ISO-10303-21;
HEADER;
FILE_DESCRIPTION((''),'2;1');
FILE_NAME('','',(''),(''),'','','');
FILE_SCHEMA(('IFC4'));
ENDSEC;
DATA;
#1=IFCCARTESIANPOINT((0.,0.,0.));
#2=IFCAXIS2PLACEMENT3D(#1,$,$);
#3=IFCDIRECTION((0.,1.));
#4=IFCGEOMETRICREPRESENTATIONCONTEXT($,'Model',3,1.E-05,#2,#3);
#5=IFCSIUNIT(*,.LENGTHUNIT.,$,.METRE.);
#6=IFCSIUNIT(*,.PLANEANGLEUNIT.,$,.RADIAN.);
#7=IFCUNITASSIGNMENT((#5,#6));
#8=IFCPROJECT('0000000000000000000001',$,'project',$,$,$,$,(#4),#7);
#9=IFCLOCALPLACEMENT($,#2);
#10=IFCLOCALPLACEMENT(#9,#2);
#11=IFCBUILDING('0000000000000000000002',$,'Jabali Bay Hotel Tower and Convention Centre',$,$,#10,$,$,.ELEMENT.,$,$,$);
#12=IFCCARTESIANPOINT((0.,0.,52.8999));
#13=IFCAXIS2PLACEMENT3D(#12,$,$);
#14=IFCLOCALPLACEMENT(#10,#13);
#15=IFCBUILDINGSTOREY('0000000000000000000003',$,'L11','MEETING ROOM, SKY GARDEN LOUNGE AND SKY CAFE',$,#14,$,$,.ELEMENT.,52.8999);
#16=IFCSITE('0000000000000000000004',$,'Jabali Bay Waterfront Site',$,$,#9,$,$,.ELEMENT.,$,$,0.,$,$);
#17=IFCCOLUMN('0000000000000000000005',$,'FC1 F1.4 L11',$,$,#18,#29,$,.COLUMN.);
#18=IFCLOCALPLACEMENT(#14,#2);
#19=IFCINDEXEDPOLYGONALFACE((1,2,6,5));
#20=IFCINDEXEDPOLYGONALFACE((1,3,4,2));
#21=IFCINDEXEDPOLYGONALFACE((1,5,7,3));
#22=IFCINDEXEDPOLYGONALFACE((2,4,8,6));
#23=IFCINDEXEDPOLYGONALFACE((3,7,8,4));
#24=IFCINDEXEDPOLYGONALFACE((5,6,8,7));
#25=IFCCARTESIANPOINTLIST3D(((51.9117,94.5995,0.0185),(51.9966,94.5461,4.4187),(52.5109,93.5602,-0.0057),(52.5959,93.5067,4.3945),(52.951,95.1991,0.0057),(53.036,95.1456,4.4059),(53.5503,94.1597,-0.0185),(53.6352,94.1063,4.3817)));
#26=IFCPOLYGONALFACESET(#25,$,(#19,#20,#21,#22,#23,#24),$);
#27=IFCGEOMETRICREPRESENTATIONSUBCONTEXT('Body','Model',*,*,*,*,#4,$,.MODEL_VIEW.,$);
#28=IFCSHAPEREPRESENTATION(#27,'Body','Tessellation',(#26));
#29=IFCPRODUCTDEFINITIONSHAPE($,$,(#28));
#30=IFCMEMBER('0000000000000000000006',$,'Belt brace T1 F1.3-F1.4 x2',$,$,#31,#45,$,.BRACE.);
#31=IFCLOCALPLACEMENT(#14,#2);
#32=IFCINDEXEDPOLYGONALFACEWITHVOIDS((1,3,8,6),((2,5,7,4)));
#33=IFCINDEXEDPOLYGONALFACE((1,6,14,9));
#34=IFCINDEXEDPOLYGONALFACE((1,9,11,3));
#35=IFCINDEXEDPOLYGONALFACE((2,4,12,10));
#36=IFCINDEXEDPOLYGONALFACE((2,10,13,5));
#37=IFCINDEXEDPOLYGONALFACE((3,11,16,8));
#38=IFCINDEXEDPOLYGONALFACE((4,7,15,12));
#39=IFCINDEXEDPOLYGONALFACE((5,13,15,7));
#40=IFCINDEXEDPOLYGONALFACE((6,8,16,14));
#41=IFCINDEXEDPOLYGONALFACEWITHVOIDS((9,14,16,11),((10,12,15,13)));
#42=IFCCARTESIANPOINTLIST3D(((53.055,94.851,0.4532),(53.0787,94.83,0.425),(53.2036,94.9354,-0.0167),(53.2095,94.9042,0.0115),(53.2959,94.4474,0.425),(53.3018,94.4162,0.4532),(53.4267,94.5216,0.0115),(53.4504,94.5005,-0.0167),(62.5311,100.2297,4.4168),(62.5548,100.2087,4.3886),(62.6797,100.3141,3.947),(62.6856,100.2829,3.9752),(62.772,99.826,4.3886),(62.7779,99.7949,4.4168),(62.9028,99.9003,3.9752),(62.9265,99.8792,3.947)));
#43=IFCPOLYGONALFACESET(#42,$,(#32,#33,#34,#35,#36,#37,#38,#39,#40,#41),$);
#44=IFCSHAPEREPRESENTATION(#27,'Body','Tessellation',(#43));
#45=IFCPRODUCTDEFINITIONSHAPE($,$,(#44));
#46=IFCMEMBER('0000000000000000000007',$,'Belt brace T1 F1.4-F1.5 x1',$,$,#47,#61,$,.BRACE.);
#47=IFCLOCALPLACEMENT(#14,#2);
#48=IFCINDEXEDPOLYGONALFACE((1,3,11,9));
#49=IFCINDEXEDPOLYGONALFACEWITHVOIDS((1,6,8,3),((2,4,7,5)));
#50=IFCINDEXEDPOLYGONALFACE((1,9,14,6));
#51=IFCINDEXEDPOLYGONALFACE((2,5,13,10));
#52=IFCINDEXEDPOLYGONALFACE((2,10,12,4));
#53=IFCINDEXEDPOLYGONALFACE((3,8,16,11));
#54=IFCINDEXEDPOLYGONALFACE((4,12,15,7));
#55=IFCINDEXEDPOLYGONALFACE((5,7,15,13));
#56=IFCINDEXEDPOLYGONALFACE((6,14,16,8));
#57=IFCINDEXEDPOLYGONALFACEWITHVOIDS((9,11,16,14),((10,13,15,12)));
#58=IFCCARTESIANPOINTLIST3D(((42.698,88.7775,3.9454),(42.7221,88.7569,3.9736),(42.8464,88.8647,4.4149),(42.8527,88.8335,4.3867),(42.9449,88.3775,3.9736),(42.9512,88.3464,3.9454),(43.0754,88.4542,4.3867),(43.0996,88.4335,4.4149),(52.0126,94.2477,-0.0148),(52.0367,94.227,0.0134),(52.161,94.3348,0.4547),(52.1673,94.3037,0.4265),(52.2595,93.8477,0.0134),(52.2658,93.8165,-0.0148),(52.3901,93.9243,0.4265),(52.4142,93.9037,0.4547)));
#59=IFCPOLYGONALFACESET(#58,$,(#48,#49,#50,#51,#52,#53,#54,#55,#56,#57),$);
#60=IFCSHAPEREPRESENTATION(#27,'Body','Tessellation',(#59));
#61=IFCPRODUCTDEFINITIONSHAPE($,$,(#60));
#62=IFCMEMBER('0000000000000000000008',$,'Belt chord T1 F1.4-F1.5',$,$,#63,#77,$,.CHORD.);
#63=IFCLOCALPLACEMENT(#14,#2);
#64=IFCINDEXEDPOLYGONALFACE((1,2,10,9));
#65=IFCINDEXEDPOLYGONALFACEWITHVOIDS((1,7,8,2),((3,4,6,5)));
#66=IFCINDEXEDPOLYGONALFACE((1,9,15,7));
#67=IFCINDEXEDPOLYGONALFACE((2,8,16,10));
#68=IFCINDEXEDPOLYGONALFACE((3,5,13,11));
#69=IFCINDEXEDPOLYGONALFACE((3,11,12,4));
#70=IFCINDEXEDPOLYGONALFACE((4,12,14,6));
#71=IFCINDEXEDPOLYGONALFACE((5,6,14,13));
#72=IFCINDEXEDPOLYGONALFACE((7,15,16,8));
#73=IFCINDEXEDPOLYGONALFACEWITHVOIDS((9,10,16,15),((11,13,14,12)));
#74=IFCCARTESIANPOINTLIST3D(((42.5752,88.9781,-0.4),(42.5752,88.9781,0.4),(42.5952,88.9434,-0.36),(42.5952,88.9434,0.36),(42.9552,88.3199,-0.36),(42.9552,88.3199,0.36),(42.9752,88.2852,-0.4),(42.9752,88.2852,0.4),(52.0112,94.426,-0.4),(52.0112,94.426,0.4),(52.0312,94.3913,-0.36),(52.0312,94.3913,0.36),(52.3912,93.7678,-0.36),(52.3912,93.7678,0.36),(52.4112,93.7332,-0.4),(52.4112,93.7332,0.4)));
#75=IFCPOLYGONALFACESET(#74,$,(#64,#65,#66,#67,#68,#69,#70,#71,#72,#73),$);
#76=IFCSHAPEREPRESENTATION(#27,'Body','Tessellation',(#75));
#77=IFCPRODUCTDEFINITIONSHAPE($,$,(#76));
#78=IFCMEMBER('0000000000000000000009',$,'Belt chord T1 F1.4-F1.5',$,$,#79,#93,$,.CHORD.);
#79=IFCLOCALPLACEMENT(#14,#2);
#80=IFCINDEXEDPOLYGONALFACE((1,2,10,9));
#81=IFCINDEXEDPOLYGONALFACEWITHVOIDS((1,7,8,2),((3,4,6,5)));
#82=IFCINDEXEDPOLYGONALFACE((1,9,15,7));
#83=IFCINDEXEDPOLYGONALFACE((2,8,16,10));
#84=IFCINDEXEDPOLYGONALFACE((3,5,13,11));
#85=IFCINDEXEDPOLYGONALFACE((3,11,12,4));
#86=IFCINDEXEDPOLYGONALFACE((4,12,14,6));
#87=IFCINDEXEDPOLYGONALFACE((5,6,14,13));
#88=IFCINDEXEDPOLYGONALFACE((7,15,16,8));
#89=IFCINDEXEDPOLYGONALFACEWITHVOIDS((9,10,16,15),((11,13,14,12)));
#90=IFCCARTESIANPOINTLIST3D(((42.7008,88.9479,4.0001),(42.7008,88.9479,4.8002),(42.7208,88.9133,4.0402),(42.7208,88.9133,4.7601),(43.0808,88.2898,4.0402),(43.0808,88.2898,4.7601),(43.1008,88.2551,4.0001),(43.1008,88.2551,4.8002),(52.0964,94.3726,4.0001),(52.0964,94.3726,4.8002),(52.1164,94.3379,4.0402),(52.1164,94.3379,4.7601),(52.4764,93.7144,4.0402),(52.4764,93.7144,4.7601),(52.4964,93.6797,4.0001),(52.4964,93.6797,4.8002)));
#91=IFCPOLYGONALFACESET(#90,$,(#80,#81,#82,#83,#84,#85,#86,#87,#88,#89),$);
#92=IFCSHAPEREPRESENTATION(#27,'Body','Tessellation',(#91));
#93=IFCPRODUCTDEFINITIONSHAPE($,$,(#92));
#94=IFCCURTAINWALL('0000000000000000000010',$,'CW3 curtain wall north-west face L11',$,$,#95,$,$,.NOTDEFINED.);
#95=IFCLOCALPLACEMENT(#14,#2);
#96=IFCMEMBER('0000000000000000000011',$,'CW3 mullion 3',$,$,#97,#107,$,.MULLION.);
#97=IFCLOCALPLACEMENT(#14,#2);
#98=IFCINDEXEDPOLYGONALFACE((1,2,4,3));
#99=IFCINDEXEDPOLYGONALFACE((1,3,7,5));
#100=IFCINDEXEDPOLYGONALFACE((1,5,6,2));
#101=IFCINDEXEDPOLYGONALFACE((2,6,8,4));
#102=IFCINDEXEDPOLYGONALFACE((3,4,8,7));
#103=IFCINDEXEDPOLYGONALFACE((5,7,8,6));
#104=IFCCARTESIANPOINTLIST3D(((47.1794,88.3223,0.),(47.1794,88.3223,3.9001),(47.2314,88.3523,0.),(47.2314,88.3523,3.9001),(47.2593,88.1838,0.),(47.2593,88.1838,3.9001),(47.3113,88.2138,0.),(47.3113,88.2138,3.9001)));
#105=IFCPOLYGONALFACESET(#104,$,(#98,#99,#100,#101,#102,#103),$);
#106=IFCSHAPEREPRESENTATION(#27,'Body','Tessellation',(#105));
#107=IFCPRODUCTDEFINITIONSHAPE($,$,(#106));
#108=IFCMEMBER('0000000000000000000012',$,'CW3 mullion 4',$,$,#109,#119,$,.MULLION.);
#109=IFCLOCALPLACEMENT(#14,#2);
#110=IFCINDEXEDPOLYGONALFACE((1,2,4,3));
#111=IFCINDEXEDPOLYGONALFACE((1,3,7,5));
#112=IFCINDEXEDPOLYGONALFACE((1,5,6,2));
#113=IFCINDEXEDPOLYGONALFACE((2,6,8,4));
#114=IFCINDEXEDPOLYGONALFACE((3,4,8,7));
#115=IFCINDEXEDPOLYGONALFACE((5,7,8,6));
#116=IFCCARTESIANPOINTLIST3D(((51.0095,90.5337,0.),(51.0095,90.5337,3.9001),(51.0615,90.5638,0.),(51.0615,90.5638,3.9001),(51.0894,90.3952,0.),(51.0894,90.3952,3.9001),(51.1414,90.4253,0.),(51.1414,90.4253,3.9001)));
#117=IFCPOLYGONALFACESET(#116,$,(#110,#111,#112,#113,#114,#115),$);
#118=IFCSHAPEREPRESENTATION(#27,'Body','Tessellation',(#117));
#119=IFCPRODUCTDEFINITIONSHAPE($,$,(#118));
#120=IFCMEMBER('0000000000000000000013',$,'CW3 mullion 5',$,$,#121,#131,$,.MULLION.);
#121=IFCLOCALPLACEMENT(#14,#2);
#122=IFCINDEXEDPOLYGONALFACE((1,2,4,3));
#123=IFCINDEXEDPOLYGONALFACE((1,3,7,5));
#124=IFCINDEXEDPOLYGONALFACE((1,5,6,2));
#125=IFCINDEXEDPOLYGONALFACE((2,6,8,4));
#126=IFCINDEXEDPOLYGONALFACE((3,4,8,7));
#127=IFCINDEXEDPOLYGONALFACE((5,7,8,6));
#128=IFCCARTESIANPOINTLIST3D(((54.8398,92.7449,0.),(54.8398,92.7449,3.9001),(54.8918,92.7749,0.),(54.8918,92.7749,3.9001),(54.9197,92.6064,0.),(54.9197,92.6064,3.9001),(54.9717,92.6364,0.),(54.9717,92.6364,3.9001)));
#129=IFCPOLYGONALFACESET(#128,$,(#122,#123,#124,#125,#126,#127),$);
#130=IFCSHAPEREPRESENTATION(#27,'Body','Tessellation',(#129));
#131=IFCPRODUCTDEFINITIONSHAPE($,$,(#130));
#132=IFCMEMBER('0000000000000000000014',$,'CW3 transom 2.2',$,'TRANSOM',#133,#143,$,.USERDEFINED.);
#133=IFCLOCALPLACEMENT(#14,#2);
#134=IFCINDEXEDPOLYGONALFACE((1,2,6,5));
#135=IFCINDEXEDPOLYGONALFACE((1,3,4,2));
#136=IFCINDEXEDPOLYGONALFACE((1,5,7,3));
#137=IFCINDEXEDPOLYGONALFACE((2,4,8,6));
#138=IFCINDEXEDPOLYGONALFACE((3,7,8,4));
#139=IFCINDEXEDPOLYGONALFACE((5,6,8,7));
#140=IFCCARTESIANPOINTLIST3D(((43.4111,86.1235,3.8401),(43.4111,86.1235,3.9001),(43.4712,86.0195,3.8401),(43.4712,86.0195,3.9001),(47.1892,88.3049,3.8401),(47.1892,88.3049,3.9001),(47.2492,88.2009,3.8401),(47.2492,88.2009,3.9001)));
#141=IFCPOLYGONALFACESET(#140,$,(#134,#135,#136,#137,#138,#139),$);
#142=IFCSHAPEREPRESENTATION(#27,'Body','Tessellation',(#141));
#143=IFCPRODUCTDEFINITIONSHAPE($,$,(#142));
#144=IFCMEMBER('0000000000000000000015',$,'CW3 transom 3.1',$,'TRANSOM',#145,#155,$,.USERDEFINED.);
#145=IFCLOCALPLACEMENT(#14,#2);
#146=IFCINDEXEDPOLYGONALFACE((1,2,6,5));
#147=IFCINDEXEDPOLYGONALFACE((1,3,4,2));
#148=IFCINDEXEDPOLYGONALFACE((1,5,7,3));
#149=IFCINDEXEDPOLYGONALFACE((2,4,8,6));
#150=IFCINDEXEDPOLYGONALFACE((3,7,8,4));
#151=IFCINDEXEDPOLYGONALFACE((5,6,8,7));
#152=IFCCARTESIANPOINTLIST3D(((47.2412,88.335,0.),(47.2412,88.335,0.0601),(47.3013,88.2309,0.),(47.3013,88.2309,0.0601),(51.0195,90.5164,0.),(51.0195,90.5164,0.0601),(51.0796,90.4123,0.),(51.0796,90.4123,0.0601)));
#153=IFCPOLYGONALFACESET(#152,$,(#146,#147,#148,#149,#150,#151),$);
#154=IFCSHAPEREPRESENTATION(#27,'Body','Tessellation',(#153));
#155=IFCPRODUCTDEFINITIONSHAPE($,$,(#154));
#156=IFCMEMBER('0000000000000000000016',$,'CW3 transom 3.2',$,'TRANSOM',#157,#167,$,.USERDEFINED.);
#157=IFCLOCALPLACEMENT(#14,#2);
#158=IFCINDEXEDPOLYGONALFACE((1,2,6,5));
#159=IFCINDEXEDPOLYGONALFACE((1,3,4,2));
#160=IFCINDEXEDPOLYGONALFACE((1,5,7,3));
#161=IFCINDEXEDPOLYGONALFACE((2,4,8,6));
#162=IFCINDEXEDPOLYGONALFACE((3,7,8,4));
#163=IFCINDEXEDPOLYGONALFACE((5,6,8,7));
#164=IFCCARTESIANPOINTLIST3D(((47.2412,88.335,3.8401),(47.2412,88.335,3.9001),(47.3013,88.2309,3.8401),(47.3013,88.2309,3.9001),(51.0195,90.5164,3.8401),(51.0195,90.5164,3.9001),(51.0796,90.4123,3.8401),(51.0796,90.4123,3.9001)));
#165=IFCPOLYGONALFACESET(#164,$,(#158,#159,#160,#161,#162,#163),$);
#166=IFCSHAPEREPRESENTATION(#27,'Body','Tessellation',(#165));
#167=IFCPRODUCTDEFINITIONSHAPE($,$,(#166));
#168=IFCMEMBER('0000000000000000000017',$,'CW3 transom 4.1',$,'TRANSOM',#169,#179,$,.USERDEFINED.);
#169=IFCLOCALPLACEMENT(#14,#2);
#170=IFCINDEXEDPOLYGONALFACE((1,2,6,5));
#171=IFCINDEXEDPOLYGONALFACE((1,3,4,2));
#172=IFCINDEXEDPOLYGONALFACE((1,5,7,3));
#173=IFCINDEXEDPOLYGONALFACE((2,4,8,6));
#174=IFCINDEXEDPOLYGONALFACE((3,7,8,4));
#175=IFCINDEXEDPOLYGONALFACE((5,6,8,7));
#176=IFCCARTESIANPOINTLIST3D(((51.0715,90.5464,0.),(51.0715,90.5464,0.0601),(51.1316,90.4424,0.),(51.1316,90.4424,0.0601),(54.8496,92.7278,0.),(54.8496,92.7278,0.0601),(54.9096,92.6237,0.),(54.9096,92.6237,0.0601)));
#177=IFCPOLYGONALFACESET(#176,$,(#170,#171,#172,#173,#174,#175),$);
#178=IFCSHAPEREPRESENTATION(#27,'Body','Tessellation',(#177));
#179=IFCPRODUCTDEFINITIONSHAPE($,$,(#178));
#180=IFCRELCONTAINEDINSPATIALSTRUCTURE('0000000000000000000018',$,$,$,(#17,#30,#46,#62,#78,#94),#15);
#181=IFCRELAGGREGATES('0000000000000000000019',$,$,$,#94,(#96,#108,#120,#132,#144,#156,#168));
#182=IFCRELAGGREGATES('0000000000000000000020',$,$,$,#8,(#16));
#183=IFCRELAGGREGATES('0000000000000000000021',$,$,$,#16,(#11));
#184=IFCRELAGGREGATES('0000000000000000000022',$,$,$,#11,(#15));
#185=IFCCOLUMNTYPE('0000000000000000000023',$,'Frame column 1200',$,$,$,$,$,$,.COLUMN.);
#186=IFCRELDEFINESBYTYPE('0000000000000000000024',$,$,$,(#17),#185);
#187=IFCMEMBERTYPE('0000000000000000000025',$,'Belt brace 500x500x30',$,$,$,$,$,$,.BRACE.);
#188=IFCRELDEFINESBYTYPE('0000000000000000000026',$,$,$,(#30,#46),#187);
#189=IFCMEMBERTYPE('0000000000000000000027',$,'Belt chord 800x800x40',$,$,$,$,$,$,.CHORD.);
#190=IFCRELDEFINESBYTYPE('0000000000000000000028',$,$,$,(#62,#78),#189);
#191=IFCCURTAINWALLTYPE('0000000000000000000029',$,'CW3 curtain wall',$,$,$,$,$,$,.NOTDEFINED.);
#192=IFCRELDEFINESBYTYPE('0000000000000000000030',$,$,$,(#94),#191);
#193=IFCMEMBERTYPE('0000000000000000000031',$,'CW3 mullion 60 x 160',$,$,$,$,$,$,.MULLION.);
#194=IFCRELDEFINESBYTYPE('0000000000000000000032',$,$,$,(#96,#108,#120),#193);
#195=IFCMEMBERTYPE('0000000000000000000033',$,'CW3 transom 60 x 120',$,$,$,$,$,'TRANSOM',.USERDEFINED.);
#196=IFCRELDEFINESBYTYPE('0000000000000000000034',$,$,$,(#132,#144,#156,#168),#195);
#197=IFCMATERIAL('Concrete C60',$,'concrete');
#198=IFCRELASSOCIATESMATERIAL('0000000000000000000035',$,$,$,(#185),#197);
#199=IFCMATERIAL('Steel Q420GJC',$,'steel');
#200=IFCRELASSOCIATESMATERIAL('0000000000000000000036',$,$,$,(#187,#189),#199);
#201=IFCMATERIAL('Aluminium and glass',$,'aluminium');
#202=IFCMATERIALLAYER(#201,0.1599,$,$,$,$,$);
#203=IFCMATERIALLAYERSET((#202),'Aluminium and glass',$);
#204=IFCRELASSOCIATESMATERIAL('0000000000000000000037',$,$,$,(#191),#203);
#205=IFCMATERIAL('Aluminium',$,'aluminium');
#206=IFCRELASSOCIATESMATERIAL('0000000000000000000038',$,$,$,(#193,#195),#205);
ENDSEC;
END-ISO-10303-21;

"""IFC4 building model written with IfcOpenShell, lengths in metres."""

from ifc_helpers import new_model, si_unit, direction, frame, origin, origin_2d, place, context, subcontext, project, spatial, rectangle, hollow_rectangle, extrude, material, layer, layer_set, material_profile, profile_set, type_object, element, aggregate, save


model = new_model("IFC4")

# Units and contexts
model_context = context("Model", 3, precision=1e-05, world=origin(), true_north=direction((0.0, 1.0)))
body_context = subcontext(model_context, "Body", "Model", "MODEL_VIEW")
ifc_project = project(units=[si_unit("LENGTHUNIT", "METRE"), si_unit("PLANEANGLEUNIT", "RADIAN")], contexts=[model_context])

# Site, building, storey
site_placement = place(None, origin())
site = spatial("IfcSite", under=ifc_project, at=site_placement, Name="Jabali Bay Waterfront Site", CompositionType="ELEMENT", RefElevation=0.0)
building_placement = place(site_placement, origin())
building = spatial("IfcBuilding", under=site, at=building_placement, Name="Jabali Bay Hotel Tower and Convention Centre", CompositionType="ELEMENT")
storey_placement = place(building_placement, frame((0.0, 0.0, 52.8999)))
storey = spatial("IfcBuildingStorey", under=building, at=storey_placement, Name="L11", Description="MEETING ROOM, SKY GARDEN LOUNGE AND SKY CAFE", CompositionType="ELEMENT", Elevation=52.8999)

# Column
ifc_material_1 = material(Name="Concrete C60", Category="concrete")
ifc_material_profile_1 = material_profile(ifc_material_1, rectangle(XDim=1.2, YDim=1.2, at=origin_2d()), Name="Frame column 1200")
ifc_profile_set_1 = profile_set([ifc_material_profile_1], Name="Concrete C60")
column_type = type_object("IfcColumnType", Name="Frame column 1200", PredefinedType="COLUMN", material=ifc_profile_set_1)
column_placement = place(storey_placement, frame((52.731, 94.3796, 0.0), z_axis=(0.019304, -0.012148, 0.99974), x_axis=(-0.499387, 0.866144, 0.020167)))
element("IfcColumn", 1, at=column_placement, inside=storey, type_object=column_type, Name="FC1 F1.4 L11", PredefinedType="COLUMN", context=body_context, shape_type="SweptSolid", body=[
    extrude(rectangle(XDim=1.2, YDim=1.2, at=origin_2d()), origin(), (0.0, 0.0, 1.0), 4.4014),
])

# Members
ifc_material_2 = material(Name="Steel Q420GJC", Category="steel")
ifc_material_profile_2 = material_profile(ifc_material_2, hollow_rectangle(XDim=0.5, YDim=0.5, WallThickness=0.03, at=origin_2d()), Name="Belt brace 500x500x30")
ifc_profile_set_2 = profile_set([ifc_material_profile_2], Name="Steel Q420GJC")
member_type_1 = type_object("IfcMemberType", Name="Belt brace 500x500x30", PredefinedType="BRACE", material=ifc_profile_set_2)
member_1_placement = place(storey_placement, frame((53.2527, 94.6758, 0.2183), z_axis=(0.817279, 0.463891, 0.341849), x_axis=(-0.49363, 0.869672, 0.0)))
element("IfcMember", 2, at=member_1_placement, inside=storey, type_object=member_type_1, Name="Belt brace T1 F1.3-F1.4 x2", PredefinedType="BRACE", context=body_context, shape_type="SweptSolid", body=[
    extrude(hollow_rectangle(XDim=0.5, YDim=0.5, WallThickness=0.03, at=origin_2d()), origin(), (0.0, 0.0, 1.0), 11.5947),
])
member_2_placement = place(storey_placement, frame((52.2134, 94.0757, 0.22), z_axis=(-0.809606, -0.475455, 0.344209), x_axis=(0.5064, -0.862299, 0.0)))
element("IfcMember", 3, at=member_2_placement, inside=storey, type_object=member_type_1, Name="Belt brace T1 F1.4-F1.5 x1", PredefinedType="BRACE", context=body_context, shape_type="SweptSolid", body=[
    extrude(hollow_rectangle(XDim=0.5, YDim=0.5, WallThickness=0.03, at=origin_2d()), origin(), (0.0, 0.0, 1.0), 11.5051),
])
ifc_material_profile_3 = material_profile(ifc_material_2, hollow_rectangle(XDim=0.8, YDim=0.8, WallThickness=0.04, at=origin_2d()), Name="Belt chord 800x800x40")
ifc_profile_set_3 = profile_set([ifc_material_profile_3], Name="Steel Q420GJC")
member_type_2 = type_object("IfcMemberType", Name="Belt chord 800x800x40", PredefinedType="CHORD", material=ifc_profile_set_3)
member_3_placement = place(storey_placement, frame((52.2112, 94.0796, 0.0), z_axis=(-0.866021, -0.500007, 0.0), x_axis=(0.500007, -0.866021, 0.0)))
element("IfcMember", 4, at=member_3_placement, inside=storey, type_object=member_type_2, Name="Belt chord T1 F1.4-F1.5", PredefinedType="CHORD", context=body_context, shape_type="SweptSolid", body=[
    extrude(hollow_rectangle(XDim=0.8, YDim=0.8, WallThickness=0.04, at=origin_2d()), origin(), (0.0, 0.0, 1.0), 10.8958),
])
member_4_placement = place(storey_placement, frame((52.2964, 94.0261, 4.4001), z_axis=(-0.866023, -0.500004, 0.0), x_axis=(0.500004, -0.866023, 0.0)))
element("IfcMember", 5, at=member_4_placement, inside=storey, type_object=member_type_2, Name="Belt chord T1 F1.4-F1.5", PredefinedType="CHORD", context=body_context, shape_type="SweptSolid", body=[
    extrude(hollow_rectangle(XDim=0.8, YDim=0.8, WallThickness=0.04, at=origin_2d()), origin(), (0.0, 0.0, 1.0), 10.8491),
])

# Curtain wall, members
ifc_material_3 = material(Name="Aluminium and glass", Category="aluminium")
ifc_layer_1 = layer(ifc_material_3, 0.1599)
ifc_layer_set_1 = layer_set([ifc_layer_1], Name="Aluminium and glass")
curtain_wall_type = type_object("IfcCurtainWallType", Name="CW3 curtain wall", PredefinedType="NOTDEFINED", material=ifc_layer_set_1)
curtain_wall_placement = place(storey_placement, origin())
curtain_wall = element("IfcCurtainWall", 6, at=curtain_wall_placement, inside=storey, type_object=curtain_wall_type, Name="CW3 curtain wall north-west face L11", PredefinedType="NOTDEFINED")
ifc_material_4 = material(Name="Aluminium", Category="aluminium")
ifc_material_profile_4 = material_profile(ifc_material_4, rectangle(XDim=0.1599, YDim=0.0601, at=origin_2d()), Name="CW3 mullion 60 x 160")
ifc_profile_set_4 = profile_set([ifc_material_profile_4], Name="Aluminium")
member_type_3 = type_object("IfcMemberType", Name="CW3 mullion 60 x 160", PredefinedType="MULLION", material=ifc_profile_set_4)
member_5_placement = place(storey_placement, frame((47.2454, 88.2681, 0.0), z_axis=(0.0, 0.0, 1.0), x_axis=(-0.5, 0.866025, 0.0)))
member_5 = element("IfcMember", 7, at=member_5_placement, type_object=member_type_3, Name="CW3 mullion 3", PredefinedType="MULLION", context=body_context, shape_type="SweptSolid", body=[
    extrude(rectangle(XDim=0.1599, YDim=0.0601, at=origin_2d()), origin(), (0.0, 0.0, 1.0), 3.9001),
])
member_6_placement = place(storey_placement, frame((51.0754, 90.4795, 0.0), z_axis=(0.0, 0.0, 1.0), x_axis=(-0.5, 0.866025, 0.0)))
member_6 = element("IfcMember", 8, at=member_6_placement, type_object=member_type_3, Name="CW3 mullion 4", PredefinedType="MULLION", context=body_context, shape_type="SweptSolid", body=[
    extrude(rectangle(XDim=0.1599, YDim=0.0601, at=origin_2d()), origin(), (0.0, 0.0, 1.0), 3.9001),
])
member_7_placement = place(storey_placement, frame((54.9058, 92.6907, 0.0), z_axis=(0.0, 0.0, 1.0), x_axis=(-0.5, 0.866025, 0.0)))
member_7 = element("IfcMember", 9, at=member_7_placement, type_object=member_type_3, Name="CW3 mullion 5", PredefinedType="MULLION", context=body_context, shape_type="SweptSolid", body=[
    extrude(rectangle(XDim=0.1599, YDim=0.0601, at=origin_2d()), origin(), (0.0, 0.0, 1.0), 3.9001),
])
ifc_material_profile_5 = material_profile(ifc_material_4, rectangle(XDim=0.1201, YDim=0.0601, at=origin_2d()), Name="CW3 transom 60 x 120")
ifc_profile_set_5 = profile_set([ifc_material_profile_5], Name="Aluminium")
member_type_4 = type_object("IfcMemberType", Name="CW3 transom 60 x 120", ElementType="TRANSOM", PredefinedType="USERDEFINED", material=ifc_profile_set_5)
member_8_placement = place(storey_placement, frame((43.4412, 86.0715, 3.8701), z_axis=(0.866013, 0.500021, 0.0), x_axis=(-0.500021, 0.866013, 0.0)))
member_8 = element("IfcMember", 10, at=member_8_placement, type_object=member_type_4, Name="CW3 transom 2.2", ObjectType="TRANSOM", PredefinedType="USERDEFINED", context=body_context, shape_type="SweptSolid", body=[
    extrude(rectangle(XDim=0.1201, YDim=0.0601, at=origin_2d()), origin(), (0.0, 0.0, 1.0), 4.3625),
])
member_9_placement = place(storey_placement, frame((47.2712, 88.283, 0.03), z_axis=(0.866027, 0.499997, 0.0), x_axis=(-0.499997, 0.866027, 0.0)))
member_9 = element("IfcMember", 11, at=member_9_placement, type_object=member_type_4, Name="CW3 transom 3.1", ObjectType="TRANSOM", PredefinedType="USERDEFINED", context=body_context, shape_type="SweptSolid", body=[
    extrude(rectangle(XDim=0.1201, YDim=0.0601, at=origin_2d()), origin(), (0.0, 0.0, 1.0), 4.3628),
])
member_10_placement = place(storey_placement, frame((47.2712, 88.283, 3.8701), z_axis=(0.866027, 0.499997, 0.0), x_axis=(-0.499997, 0.866027, 0.0)))
member_10 = element("IfcMember", 12, at=member_10_placement, type_object=member_type_4, Name="CW3 transom 3.2", ObjectType="TRANSOM", PredefinedType="USERDEFINED", context=body_context, shape_type="SweptSolid", body=[
    extrude(rectangle(XDim=0.1201, YDim=0.0601, at=origin_2d()), origin(), (0.0, 0.0, 1.0), 4.3628),
])
member_11_placement = place(storey_placement, frame((51.1016, 90.4944, 0.03), z_axis=(0.866013, 0.500021, 0.0), x_axis=(-0.500021, 0.866013, 0.0)))
member_11 = element("IfcMember", 13, at=member_11_placement, type_object=member_type_4, Name="CW3 transom 4.1", ObjectType="TRANSOM", PredefinedType="USERDEFINED", context=body_context, shape_type="SweptSolid", body=[
    extrude(rectangle(XDim=0.1201, YDim=0.0601, at=origin_2d()), origin(), (0.0, 0.0, 1.0), 4.3625),
])

aggregate(curtain_wall, [member_5, member_6, member_7, member_8, member_9, member_10, member_11])

save(model, "model.ifc")
